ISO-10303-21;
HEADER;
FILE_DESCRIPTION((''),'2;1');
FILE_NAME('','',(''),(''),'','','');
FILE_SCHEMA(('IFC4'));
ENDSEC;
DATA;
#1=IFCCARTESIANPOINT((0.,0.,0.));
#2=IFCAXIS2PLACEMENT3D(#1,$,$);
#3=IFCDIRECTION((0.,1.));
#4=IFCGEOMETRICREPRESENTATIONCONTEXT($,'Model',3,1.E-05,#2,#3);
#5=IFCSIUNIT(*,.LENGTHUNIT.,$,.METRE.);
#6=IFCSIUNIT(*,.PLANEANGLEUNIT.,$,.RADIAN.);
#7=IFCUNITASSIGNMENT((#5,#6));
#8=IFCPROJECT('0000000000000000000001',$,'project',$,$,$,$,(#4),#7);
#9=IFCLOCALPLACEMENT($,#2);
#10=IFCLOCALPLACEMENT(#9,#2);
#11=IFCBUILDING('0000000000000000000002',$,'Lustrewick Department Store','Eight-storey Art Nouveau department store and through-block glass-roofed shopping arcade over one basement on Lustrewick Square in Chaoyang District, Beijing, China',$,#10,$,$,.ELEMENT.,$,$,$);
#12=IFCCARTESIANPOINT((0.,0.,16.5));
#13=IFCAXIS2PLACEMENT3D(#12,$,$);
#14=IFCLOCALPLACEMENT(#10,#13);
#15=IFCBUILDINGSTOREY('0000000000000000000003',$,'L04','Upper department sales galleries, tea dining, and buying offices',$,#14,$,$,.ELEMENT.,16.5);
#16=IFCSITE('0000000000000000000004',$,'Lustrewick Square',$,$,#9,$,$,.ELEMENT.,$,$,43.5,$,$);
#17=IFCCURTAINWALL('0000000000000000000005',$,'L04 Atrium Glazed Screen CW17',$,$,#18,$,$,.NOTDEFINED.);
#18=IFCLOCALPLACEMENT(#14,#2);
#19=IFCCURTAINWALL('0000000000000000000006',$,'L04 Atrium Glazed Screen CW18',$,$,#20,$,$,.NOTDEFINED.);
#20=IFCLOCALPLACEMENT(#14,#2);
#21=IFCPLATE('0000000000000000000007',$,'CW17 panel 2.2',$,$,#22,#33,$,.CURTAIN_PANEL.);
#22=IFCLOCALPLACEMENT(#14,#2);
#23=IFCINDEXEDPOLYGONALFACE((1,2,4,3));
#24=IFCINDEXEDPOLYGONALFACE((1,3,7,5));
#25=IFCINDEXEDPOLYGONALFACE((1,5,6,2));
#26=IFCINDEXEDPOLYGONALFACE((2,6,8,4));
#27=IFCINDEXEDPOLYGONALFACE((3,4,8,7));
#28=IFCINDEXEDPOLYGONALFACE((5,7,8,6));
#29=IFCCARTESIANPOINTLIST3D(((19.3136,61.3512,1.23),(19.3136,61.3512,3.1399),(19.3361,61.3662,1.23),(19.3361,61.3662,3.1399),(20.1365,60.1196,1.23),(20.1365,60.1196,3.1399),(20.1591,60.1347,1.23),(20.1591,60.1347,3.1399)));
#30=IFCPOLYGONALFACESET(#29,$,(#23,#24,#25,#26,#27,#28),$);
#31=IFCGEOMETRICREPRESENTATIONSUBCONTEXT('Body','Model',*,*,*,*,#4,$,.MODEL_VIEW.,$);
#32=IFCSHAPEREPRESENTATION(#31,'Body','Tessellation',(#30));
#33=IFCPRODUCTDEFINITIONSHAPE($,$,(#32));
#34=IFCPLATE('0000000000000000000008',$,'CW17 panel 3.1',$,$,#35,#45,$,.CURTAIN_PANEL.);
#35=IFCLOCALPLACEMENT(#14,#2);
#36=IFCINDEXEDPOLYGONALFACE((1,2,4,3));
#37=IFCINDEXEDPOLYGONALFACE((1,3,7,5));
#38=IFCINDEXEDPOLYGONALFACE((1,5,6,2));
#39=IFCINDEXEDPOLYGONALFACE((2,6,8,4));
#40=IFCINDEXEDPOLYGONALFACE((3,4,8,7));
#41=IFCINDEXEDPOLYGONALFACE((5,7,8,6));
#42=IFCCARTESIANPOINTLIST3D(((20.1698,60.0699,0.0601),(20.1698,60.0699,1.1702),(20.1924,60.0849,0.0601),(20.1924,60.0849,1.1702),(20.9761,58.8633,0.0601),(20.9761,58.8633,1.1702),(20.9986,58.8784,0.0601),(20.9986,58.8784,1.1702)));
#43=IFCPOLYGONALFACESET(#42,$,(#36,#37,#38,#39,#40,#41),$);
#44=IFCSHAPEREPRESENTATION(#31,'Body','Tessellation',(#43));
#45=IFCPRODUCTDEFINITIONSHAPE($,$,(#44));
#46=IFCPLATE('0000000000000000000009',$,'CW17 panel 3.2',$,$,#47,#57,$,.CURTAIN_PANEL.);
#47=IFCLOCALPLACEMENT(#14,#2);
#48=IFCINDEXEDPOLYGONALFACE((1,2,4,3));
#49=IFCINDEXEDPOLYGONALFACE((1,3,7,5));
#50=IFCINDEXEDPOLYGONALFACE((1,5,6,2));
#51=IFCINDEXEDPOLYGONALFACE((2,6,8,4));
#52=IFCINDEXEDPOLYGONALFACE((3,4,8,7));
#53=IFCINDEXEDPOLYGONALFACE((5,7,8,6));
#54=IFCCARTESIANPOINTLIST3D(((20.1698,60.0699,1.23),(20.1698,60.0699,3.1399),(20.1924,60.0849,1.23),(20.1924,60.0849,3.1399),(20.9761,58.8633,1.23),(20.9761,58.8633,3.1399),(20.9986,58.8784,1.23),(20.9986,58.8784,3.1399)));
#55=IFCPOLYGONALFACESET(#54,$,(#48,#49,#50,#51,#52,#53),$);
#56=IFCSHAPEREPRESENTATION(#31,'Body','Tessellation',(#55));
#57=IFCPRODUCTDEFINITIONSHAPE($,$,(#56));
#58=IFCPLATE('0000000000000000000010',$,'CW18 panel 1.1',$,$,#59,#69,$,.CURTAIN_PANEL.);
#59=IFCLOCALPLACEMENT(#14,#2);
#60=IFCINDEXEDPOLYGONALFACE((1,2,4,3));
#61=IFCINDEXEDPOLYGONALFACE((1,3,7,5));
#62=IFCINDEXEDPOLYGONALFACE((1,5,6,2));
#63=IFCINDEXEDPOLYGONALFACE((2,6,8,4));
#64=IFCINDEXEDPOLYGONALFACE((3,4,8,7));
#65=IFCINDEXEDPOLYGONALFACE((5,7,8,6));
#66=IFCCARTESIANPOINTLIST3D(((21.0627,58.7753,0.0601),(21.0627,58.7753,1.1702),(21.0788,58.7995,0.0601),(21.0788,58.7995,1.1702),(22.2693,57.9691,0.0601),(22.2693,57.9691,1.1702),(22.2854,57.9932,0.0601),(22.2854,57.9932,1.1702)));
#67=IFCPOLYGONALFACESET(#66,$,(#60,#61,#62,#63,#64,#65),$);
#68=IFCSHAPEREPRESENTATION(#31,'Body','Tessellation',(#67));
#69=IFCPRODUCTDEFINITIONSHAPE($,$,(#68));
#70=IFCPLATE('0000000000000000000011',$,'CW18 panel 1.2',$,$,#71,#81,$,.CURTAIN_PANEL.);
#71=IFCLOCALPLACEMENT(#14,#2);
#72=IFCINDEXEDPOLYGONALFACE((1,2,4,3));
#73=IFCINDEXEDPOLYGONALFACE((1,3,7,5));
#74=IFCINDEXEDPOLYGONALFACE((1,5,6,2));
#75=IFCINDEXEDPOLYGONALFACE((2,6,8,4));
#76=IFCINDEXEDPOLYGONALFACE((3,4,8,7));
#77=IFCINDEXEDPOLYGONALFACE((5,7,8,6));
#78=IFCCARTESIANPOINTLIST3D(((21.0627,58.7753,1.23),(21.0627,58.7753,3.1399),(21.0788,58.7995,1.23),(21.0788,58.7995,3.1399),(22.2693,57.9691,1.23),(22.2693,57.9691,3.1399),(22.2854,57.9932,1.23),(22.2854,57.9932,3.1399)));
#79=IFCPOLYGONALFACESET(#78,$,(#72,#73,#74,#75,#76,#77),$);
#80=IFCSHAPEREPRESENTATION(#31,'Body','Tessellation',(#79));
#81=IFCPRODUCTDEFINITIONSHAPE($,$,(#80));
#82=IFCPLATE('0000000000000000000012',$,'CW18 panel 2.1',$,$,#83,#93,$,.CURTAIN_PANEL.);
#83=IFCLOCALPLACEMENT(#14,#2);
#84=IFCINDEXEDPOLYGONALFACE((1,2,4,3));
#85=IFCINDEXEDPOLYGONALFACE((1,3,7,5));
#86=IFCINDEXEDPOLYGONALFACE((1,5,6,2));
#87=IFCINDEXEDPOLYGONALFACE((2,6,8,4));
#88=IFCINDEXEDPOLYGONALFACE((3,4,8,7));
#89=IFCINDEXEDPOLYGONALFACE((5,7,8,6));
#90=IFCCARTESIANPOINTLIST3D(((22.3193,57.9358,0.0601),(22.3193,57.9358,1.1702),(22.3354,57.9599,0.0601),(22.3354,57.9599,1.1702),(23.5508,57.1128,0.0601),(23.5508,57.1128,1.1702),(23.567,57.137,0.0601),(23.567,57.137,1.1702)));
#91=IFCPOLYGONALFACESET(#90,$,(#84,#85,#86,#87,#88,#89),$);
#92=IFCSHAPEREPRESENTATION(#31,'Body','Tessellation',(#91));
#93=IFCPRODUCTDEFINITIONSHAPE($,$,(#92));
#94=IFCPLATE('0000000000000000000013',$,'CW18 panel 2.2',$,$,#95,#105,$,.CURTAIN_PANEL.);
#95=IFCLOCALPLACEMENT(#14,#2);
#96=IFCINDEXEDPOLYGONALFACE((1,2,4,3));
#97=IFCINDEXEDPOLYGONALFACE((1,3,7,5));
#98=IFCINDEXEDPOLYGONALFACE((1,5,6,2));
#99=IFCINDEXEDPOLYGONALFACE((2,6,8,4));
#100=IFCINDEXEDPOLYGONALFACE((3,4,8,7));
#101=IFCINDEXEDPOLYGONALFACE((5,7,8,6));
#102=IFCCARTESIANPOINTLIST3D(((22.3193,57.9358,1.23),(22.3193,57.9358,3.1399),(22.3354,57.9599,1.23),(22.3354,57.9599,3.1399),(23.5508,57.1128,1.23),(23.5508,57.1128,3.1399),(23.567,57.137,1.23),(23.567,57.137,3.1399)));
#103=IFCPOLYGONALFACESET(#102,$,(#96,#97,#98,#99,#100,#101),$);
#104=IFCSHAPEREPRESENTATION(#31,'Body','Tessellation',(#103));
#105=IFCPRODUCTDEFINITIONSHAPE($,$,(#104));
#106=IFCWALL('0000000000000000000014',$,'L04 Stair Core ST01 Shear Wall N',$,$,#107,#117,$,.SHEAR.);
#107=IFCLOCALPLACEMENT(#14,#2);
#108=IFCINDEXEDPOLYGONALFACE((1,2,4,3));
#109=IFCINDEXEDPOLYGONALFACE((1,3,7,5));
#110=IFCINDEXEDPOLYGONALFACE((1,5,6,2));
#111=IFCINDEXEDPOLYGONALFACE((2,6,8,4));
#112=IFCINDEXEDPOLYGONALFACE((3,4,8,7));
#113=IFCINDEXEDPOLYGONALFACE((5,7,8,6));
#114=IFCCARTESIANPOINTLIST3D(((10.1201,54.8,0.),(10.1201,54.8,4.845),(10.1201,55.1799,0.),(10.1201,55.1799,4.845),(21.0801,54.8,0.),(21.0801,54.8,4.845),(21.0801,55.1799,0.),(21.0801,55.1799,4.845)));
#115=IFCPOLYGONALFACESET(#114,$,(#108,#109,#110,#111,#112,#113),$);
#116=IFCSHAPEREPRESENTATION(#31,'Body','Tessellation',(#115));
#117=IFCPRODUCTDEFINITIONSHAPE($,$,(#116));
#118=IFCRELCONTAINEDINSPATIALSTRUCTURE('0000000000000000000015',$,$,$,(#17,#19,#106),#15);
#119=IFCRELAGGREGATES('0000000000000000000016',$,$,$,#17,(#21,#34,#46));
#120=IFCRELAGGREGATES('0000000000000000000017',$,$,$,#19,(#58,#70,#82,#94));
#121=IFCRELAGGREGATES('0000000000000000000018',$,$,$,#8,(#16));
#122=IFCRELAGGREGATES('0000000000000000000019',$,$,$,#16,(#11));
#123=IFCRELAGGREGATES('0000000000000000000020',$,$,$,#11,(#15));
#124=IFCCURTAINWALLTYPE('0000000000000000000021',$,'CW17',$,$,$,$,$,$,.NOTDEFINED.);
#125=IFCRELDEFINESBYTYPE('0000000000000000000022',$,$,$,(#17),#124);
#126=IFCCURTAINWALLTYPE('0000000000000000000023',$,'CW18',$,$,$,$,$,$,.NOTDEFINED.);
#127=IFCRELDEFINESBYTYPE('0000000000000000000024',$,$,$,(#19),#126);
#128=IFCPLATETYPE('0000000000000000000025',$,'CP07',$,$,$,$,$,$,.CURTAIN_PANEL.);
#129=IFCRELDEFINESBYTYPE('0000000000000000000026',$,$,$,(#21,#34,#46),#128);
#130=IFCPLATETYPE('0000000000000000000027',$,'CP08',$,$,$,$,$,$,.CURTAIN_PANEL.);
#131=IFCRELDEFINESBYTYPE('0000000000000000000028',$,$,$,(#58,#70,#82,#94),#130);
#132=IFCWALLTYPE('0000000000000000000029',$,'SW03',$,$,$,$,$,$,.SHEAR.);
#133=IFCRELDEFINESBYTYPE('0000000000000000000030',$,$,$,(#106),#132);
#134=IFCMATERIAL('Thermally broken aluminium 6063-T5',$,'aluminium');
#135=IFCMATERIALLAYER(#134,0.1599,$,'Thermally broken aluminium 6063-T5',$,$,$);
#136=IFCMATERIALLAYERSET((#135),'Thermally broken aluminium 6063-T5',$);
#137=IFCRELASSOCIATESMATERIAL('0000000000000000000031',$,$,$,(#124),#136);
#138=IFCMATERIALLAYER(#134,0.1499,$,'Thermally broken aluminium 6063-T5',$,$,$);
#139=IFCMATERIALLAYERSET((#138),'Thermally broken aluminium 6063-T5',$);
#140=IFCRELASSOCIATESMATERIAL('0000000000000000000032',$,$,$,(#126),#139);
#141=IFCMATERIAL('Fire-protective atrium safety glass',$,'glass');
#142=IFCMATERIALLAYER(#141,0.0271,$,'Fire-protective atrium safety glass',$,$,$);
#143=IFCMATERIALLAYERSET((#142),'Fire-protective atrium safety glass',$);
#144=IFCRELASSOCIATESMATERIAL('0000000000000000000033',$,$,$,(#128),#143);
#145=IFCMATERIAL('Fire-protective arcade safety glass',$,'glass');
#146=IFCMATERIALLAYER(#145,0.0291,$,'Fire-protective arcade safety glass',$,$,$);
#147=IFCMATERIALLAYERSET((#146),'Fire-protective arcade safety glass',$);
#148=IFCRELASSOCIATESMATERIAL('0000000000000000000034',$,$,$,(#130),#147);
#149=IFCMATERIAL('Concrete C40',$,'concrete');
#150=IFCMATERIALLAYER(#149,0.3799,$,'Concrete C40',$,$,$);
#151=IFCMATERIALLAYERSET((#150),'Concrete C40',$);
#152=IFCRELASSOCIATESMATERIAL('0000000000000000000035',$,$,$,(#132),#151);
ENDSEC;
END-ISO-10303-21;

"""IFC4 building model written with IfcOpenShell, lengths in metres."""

from ifc_helpers import new_model, si_unit, direction, frame, frame_2d, origin, origin_2d, place, context, subcontext, project, spatial, rectangle, extrude, material, layer, layer_set, type_object, element, aggregate, save


model = new_model("IFC4")

# Units and contexts
model_context = context("Model", 3, precision=1e-05, world=origin(), true_north=direction((0.0, 1.0)))
body_context = subcontext(model_context, "Body", "Model", "MODEL_VIEW")
ifc_project = project(units=[si_unit("LENGTHUNIT", "METRE"), si_unit("PLANEANGLEUNIT", "RADIAN")], contexts=[model_context])

# Site, building, storey
site_placement = place(None, origin())
site = spatial("IfcSite", under=ifc_project, at=site_placement, Name="Lustrewick Square", CompositionType="ELEMENT", RefElevation=43.5)
building_placement = place(site_placement, origin())
building = spatial("IfcBuilding", under=site, at=building_placement, Name="Lustrewick Department Store", Description="Eight-storey Art Nouveau department store and through-block glass-roofed shopping arcade over one basement on Lustrewick Square in Chaoyang District, Beijing, China", CompositionType="ELEMENT")
storey_placement = place(building_placement, frame((0.0, 0.0, 16.5)))
storey = spatial("IfcBuildingStorey", under=building, at=storey_placement, Name="L04", Description="Upper department sales galleries, tea dining, and buying offices", CompositionType="ELEMENT", Elevation=16.5)

# Curtain walls
ifc_material_1 = material(Name="Thermally broken aluminium 6063-T5", Category="aluminium")
ifc_layer_1 = layer(ifc_material_1, 0.1599, Name="Thermally broken aluminium 6063-T5")
ifc_layer_set_1 = layer_set([ifc_layer_1], Name="Thermally broken aluminium 6063-T5")
curtain_wall_type_1 = type_object("IfcCurtainWallType", Name="CW17", PredefinedType="NOTDEFINED", material=ifc_layer_set_1)
curtain_wall_1_placement = place(storey_placement, origin())
curtain_wall_1 = element("IfcCurtainWall", 1, at=curtain_wall_1_placement, inside=storey, type_object=curtain_wall_type_1, Name="L04 Atrium Glazed Screen CW17", PredefinedType="NOTDEFINED")
ifc_layer_2 = layer(ifc_material_1, 0.1499, Name="Thermally broken aluminium 6063-T5")
ifc_layer_set_2 = layer_set([ifc_layer_2], Name="Thermally broken aluminium 6063-T5")
curtain_wall_type_2 = type_object("IfcCurtainWallType", Name="CW18", PredefinedType="NOTDEFINED", material=ifc_layer_set_2)
curtain_wall_2_placement = place(storey_placement, origin())
curtain_wall_2 = element("IfcCurtainWall", 2, at=curtain_wall_2_placement, inside=storey, type_object=curtain_wall_type_2, Name="L04 Atrium Glazed Screen CW18", PredefinedType="NOTDEFINED")

# Plates
ifc_material_2 = material(Name="Fire-protective atrium safety glass", Category="glass")
ifc_layer_3 = layer(ifc_material_2, 0.0271, Name="Fire-protective atrium safety glass")
ifc_layer_set_3 = layer_set([ifc_layer_3], Name="Fire-protective atrium safety glass")
plate_type_1 = type_object("IfcPlateType", Name="CP07", PredefinedType="CURTAIN_PANEL", material=ifc_layer_set_3)
plate_1_placement = place(storey_placement, frame((19.7363, 60.7429, 1.23), z_axis=(0.0, 0.0, 1.0), x_axis=(0.555578, -0.831464, 0.0)))
plate_1 = element("IfcPlate", 3, at=plate_1_placement, type_object=plate_type_1, Name="CW17 panel 2.2", PredefinedType="CURTAIN_PANEL", context=body_context, shape_type="SweptSolid", body=[
    extrude(rectangle(XDim=1.4812, YDim=0.0271, at=origin_2d()), origin(), (0.0, 0.0, 1.0), 1.9099),
])
plate_2_placement = place(storey_placement, frame((20.5842, 59.4741, 0.0601), z_axis=(0.0, 0.0, 1.0), x_axis=(0.555578, -0.831464, 0.0)))
plate_2 = element("IfcPlate", 4, at=plate_2_placement, type_object=plate_type_1, Name="CW17 panel 3.1", PredefinedType="CURTAIN_PANEL", context=body_context, shape_type="SweptSolid", body=[
    extrude(rectangle(XDim=1.4512, YDim=0.0271, at=origin_2d()), origin(), (0.0, 0.0, 1.0), 1.1101),
])
plate_3_placement = place(storey_placement, frame((20.5842, 59.4741, 1.23), z_axis=(0.0, 0.0, 1.0), x_axis=(0.555578, -0.831464, 0.0)))
plate_3 = element("IfcPlate", 5, at=plate_3_placement, type_object=plate_type_1, Name="CW17 panel 3.2", PredefinedType="CURTAIN_PANEL", context=body_context, shape_type="SweptSolid", body=[
    extrude(rectangle(XDim=1.4512, YDim=0.0271, at=origin_2d()), origin(), (0.0, 0.0, 1.0), 1.9099),
])
aggregate(curtain_wall_1, [plate_1, plate_2, plate_3])
ifc_material_3 = material(Name="Fire-protective arcade safety glass", Category="glass")
ifc_layer_4 = layer(ifc_material_3, 0.0291, Name="Fire-protective arcade safety glass")
ifc_layer_set_4 = layer_set([ifc_layer_4], Name="Fire-protective arcade safety glass")
plate_type_2 = type_object("IfcPlateType", Name="CP08", PredefinedType="CURTAIN_PANEL", material=ifc_layer_set_4)
plate_4_placement = place(storey_placement, frame((21.6741, 58.3843, 0.0601), z_axis=(0.0, 0.0, 1.0), x_axis=(0.831464, -0.555578, 0.0)))
plate_4 = element("IfcPlate", 6, at=plate_4_placement, type_object=plate_type_2, Name="CW18 panel 1.1", PredefinedType="CURTAIN_PANEL", context=body_context, shape_type="SweptSolid", body=[
    extrude(rectangle(XDim=1.4512, YDim=0.0291, at=origin_2d()), origin(), (0.0, 0.0, 1.0), 1.1101),
])
plate_5_placement = place(storey_placement, frame((21.6741, 58.3843, 1.23), z_axis=(0.0, 0.0, 1.0), x_axis=(0.831464, -0.555578, 0.0)))
plate_5 = element("IfcPlate", 7, at=plate_5_placement, type_object=plate_type_2, Name="CW18 panel 1.2", PredefinedType="CURTAIN_PANEL", context=body_context, shape_type="SweptSolid", body=[
    extrude(rectangle(XDim=1.4512, YDim=0.0291, at=origin_2d()), origin(), (0.0, 0.0, 1.0), 1.9099),
])
plate_6_placement = place(storey_placement, frame((22.9431, 57.5364, 0.0601), z_axis=(0.0, 0.0, 1.0), x_axis=(0.831464, -0.555578, 0.0)))
plate_6 = element("IfcPlate", 8, at=plate_6_placement, type_object=plate_type_2, Name="CW18 panel 2.1", PredefinedType="CURTAIN_PANEL", context=body_context, shape_type="SweptSolid", body=[
    extrude(rectangle(XDim=1.4812, YDim=0.0291, at=origin_2d()), origin(), (0.0, 0.0, 1.0), 1.1101),
])
plate_7_placement = place(storey_placement, frame((22.9431, 57.5364, 1.23), z_axis=(0.0, 0.0, 1.0), x_axis=(0.831464, -0.555578, 0.0)))
plate_7 = element("IfcPlate", 9, at=plate_7_placement, type_object=plate_type_2, Name="CW18 panel 2.2", PredefinedType="CURTAIN_PANEL", context=body_context, shape_type="SweptSolid", body=[
    extrude(rectangle(XDim=1.4812, YDim=0.0291, at=origin_2d()), origin(), (0.0, 0.0, 1.0), 1.9099),
])
aggregate(curtain_wall_2, [plate_4, plate_5, plate_6, plate_7])

# Wall
ifc_material_4 = material(Name="Concrete C40", Category="concrete")
ifc_layer_5 = layer(ifc_material_4, 0.3799, Name="Concrete C40")
ifc_layer_set_5 = layer_set([ifc_layer_5], Name="Concrete C40")
wall_type = type_object("IfcWallType", Name="SW03", PredefinedType="SHEAR", material=ifc_layer_set_5)
wall_placement = place(storey_placement, frame((21.0801, 54.99, 0.0), z_axis=(0.0, 0.0, 1.0), x_axis=(-1.0, 0.0, 0.0)))
element("IfcWall", 10, at=wall_placement, inside=storey, type_object=wall_type, Name="L04 Stair Core ST01 Shear Wall N", PredefinedType="SHEAR", context=body_context, shape_type="SweptSolid", body=[
    extrude(rectangle(XDim=10.96, YDim=0.3799, at=frame_2d((5.48, 0.0))), origin(), (0.0, 0.0, 1.0), 4.845),
])

save(model, "model.ifc")
